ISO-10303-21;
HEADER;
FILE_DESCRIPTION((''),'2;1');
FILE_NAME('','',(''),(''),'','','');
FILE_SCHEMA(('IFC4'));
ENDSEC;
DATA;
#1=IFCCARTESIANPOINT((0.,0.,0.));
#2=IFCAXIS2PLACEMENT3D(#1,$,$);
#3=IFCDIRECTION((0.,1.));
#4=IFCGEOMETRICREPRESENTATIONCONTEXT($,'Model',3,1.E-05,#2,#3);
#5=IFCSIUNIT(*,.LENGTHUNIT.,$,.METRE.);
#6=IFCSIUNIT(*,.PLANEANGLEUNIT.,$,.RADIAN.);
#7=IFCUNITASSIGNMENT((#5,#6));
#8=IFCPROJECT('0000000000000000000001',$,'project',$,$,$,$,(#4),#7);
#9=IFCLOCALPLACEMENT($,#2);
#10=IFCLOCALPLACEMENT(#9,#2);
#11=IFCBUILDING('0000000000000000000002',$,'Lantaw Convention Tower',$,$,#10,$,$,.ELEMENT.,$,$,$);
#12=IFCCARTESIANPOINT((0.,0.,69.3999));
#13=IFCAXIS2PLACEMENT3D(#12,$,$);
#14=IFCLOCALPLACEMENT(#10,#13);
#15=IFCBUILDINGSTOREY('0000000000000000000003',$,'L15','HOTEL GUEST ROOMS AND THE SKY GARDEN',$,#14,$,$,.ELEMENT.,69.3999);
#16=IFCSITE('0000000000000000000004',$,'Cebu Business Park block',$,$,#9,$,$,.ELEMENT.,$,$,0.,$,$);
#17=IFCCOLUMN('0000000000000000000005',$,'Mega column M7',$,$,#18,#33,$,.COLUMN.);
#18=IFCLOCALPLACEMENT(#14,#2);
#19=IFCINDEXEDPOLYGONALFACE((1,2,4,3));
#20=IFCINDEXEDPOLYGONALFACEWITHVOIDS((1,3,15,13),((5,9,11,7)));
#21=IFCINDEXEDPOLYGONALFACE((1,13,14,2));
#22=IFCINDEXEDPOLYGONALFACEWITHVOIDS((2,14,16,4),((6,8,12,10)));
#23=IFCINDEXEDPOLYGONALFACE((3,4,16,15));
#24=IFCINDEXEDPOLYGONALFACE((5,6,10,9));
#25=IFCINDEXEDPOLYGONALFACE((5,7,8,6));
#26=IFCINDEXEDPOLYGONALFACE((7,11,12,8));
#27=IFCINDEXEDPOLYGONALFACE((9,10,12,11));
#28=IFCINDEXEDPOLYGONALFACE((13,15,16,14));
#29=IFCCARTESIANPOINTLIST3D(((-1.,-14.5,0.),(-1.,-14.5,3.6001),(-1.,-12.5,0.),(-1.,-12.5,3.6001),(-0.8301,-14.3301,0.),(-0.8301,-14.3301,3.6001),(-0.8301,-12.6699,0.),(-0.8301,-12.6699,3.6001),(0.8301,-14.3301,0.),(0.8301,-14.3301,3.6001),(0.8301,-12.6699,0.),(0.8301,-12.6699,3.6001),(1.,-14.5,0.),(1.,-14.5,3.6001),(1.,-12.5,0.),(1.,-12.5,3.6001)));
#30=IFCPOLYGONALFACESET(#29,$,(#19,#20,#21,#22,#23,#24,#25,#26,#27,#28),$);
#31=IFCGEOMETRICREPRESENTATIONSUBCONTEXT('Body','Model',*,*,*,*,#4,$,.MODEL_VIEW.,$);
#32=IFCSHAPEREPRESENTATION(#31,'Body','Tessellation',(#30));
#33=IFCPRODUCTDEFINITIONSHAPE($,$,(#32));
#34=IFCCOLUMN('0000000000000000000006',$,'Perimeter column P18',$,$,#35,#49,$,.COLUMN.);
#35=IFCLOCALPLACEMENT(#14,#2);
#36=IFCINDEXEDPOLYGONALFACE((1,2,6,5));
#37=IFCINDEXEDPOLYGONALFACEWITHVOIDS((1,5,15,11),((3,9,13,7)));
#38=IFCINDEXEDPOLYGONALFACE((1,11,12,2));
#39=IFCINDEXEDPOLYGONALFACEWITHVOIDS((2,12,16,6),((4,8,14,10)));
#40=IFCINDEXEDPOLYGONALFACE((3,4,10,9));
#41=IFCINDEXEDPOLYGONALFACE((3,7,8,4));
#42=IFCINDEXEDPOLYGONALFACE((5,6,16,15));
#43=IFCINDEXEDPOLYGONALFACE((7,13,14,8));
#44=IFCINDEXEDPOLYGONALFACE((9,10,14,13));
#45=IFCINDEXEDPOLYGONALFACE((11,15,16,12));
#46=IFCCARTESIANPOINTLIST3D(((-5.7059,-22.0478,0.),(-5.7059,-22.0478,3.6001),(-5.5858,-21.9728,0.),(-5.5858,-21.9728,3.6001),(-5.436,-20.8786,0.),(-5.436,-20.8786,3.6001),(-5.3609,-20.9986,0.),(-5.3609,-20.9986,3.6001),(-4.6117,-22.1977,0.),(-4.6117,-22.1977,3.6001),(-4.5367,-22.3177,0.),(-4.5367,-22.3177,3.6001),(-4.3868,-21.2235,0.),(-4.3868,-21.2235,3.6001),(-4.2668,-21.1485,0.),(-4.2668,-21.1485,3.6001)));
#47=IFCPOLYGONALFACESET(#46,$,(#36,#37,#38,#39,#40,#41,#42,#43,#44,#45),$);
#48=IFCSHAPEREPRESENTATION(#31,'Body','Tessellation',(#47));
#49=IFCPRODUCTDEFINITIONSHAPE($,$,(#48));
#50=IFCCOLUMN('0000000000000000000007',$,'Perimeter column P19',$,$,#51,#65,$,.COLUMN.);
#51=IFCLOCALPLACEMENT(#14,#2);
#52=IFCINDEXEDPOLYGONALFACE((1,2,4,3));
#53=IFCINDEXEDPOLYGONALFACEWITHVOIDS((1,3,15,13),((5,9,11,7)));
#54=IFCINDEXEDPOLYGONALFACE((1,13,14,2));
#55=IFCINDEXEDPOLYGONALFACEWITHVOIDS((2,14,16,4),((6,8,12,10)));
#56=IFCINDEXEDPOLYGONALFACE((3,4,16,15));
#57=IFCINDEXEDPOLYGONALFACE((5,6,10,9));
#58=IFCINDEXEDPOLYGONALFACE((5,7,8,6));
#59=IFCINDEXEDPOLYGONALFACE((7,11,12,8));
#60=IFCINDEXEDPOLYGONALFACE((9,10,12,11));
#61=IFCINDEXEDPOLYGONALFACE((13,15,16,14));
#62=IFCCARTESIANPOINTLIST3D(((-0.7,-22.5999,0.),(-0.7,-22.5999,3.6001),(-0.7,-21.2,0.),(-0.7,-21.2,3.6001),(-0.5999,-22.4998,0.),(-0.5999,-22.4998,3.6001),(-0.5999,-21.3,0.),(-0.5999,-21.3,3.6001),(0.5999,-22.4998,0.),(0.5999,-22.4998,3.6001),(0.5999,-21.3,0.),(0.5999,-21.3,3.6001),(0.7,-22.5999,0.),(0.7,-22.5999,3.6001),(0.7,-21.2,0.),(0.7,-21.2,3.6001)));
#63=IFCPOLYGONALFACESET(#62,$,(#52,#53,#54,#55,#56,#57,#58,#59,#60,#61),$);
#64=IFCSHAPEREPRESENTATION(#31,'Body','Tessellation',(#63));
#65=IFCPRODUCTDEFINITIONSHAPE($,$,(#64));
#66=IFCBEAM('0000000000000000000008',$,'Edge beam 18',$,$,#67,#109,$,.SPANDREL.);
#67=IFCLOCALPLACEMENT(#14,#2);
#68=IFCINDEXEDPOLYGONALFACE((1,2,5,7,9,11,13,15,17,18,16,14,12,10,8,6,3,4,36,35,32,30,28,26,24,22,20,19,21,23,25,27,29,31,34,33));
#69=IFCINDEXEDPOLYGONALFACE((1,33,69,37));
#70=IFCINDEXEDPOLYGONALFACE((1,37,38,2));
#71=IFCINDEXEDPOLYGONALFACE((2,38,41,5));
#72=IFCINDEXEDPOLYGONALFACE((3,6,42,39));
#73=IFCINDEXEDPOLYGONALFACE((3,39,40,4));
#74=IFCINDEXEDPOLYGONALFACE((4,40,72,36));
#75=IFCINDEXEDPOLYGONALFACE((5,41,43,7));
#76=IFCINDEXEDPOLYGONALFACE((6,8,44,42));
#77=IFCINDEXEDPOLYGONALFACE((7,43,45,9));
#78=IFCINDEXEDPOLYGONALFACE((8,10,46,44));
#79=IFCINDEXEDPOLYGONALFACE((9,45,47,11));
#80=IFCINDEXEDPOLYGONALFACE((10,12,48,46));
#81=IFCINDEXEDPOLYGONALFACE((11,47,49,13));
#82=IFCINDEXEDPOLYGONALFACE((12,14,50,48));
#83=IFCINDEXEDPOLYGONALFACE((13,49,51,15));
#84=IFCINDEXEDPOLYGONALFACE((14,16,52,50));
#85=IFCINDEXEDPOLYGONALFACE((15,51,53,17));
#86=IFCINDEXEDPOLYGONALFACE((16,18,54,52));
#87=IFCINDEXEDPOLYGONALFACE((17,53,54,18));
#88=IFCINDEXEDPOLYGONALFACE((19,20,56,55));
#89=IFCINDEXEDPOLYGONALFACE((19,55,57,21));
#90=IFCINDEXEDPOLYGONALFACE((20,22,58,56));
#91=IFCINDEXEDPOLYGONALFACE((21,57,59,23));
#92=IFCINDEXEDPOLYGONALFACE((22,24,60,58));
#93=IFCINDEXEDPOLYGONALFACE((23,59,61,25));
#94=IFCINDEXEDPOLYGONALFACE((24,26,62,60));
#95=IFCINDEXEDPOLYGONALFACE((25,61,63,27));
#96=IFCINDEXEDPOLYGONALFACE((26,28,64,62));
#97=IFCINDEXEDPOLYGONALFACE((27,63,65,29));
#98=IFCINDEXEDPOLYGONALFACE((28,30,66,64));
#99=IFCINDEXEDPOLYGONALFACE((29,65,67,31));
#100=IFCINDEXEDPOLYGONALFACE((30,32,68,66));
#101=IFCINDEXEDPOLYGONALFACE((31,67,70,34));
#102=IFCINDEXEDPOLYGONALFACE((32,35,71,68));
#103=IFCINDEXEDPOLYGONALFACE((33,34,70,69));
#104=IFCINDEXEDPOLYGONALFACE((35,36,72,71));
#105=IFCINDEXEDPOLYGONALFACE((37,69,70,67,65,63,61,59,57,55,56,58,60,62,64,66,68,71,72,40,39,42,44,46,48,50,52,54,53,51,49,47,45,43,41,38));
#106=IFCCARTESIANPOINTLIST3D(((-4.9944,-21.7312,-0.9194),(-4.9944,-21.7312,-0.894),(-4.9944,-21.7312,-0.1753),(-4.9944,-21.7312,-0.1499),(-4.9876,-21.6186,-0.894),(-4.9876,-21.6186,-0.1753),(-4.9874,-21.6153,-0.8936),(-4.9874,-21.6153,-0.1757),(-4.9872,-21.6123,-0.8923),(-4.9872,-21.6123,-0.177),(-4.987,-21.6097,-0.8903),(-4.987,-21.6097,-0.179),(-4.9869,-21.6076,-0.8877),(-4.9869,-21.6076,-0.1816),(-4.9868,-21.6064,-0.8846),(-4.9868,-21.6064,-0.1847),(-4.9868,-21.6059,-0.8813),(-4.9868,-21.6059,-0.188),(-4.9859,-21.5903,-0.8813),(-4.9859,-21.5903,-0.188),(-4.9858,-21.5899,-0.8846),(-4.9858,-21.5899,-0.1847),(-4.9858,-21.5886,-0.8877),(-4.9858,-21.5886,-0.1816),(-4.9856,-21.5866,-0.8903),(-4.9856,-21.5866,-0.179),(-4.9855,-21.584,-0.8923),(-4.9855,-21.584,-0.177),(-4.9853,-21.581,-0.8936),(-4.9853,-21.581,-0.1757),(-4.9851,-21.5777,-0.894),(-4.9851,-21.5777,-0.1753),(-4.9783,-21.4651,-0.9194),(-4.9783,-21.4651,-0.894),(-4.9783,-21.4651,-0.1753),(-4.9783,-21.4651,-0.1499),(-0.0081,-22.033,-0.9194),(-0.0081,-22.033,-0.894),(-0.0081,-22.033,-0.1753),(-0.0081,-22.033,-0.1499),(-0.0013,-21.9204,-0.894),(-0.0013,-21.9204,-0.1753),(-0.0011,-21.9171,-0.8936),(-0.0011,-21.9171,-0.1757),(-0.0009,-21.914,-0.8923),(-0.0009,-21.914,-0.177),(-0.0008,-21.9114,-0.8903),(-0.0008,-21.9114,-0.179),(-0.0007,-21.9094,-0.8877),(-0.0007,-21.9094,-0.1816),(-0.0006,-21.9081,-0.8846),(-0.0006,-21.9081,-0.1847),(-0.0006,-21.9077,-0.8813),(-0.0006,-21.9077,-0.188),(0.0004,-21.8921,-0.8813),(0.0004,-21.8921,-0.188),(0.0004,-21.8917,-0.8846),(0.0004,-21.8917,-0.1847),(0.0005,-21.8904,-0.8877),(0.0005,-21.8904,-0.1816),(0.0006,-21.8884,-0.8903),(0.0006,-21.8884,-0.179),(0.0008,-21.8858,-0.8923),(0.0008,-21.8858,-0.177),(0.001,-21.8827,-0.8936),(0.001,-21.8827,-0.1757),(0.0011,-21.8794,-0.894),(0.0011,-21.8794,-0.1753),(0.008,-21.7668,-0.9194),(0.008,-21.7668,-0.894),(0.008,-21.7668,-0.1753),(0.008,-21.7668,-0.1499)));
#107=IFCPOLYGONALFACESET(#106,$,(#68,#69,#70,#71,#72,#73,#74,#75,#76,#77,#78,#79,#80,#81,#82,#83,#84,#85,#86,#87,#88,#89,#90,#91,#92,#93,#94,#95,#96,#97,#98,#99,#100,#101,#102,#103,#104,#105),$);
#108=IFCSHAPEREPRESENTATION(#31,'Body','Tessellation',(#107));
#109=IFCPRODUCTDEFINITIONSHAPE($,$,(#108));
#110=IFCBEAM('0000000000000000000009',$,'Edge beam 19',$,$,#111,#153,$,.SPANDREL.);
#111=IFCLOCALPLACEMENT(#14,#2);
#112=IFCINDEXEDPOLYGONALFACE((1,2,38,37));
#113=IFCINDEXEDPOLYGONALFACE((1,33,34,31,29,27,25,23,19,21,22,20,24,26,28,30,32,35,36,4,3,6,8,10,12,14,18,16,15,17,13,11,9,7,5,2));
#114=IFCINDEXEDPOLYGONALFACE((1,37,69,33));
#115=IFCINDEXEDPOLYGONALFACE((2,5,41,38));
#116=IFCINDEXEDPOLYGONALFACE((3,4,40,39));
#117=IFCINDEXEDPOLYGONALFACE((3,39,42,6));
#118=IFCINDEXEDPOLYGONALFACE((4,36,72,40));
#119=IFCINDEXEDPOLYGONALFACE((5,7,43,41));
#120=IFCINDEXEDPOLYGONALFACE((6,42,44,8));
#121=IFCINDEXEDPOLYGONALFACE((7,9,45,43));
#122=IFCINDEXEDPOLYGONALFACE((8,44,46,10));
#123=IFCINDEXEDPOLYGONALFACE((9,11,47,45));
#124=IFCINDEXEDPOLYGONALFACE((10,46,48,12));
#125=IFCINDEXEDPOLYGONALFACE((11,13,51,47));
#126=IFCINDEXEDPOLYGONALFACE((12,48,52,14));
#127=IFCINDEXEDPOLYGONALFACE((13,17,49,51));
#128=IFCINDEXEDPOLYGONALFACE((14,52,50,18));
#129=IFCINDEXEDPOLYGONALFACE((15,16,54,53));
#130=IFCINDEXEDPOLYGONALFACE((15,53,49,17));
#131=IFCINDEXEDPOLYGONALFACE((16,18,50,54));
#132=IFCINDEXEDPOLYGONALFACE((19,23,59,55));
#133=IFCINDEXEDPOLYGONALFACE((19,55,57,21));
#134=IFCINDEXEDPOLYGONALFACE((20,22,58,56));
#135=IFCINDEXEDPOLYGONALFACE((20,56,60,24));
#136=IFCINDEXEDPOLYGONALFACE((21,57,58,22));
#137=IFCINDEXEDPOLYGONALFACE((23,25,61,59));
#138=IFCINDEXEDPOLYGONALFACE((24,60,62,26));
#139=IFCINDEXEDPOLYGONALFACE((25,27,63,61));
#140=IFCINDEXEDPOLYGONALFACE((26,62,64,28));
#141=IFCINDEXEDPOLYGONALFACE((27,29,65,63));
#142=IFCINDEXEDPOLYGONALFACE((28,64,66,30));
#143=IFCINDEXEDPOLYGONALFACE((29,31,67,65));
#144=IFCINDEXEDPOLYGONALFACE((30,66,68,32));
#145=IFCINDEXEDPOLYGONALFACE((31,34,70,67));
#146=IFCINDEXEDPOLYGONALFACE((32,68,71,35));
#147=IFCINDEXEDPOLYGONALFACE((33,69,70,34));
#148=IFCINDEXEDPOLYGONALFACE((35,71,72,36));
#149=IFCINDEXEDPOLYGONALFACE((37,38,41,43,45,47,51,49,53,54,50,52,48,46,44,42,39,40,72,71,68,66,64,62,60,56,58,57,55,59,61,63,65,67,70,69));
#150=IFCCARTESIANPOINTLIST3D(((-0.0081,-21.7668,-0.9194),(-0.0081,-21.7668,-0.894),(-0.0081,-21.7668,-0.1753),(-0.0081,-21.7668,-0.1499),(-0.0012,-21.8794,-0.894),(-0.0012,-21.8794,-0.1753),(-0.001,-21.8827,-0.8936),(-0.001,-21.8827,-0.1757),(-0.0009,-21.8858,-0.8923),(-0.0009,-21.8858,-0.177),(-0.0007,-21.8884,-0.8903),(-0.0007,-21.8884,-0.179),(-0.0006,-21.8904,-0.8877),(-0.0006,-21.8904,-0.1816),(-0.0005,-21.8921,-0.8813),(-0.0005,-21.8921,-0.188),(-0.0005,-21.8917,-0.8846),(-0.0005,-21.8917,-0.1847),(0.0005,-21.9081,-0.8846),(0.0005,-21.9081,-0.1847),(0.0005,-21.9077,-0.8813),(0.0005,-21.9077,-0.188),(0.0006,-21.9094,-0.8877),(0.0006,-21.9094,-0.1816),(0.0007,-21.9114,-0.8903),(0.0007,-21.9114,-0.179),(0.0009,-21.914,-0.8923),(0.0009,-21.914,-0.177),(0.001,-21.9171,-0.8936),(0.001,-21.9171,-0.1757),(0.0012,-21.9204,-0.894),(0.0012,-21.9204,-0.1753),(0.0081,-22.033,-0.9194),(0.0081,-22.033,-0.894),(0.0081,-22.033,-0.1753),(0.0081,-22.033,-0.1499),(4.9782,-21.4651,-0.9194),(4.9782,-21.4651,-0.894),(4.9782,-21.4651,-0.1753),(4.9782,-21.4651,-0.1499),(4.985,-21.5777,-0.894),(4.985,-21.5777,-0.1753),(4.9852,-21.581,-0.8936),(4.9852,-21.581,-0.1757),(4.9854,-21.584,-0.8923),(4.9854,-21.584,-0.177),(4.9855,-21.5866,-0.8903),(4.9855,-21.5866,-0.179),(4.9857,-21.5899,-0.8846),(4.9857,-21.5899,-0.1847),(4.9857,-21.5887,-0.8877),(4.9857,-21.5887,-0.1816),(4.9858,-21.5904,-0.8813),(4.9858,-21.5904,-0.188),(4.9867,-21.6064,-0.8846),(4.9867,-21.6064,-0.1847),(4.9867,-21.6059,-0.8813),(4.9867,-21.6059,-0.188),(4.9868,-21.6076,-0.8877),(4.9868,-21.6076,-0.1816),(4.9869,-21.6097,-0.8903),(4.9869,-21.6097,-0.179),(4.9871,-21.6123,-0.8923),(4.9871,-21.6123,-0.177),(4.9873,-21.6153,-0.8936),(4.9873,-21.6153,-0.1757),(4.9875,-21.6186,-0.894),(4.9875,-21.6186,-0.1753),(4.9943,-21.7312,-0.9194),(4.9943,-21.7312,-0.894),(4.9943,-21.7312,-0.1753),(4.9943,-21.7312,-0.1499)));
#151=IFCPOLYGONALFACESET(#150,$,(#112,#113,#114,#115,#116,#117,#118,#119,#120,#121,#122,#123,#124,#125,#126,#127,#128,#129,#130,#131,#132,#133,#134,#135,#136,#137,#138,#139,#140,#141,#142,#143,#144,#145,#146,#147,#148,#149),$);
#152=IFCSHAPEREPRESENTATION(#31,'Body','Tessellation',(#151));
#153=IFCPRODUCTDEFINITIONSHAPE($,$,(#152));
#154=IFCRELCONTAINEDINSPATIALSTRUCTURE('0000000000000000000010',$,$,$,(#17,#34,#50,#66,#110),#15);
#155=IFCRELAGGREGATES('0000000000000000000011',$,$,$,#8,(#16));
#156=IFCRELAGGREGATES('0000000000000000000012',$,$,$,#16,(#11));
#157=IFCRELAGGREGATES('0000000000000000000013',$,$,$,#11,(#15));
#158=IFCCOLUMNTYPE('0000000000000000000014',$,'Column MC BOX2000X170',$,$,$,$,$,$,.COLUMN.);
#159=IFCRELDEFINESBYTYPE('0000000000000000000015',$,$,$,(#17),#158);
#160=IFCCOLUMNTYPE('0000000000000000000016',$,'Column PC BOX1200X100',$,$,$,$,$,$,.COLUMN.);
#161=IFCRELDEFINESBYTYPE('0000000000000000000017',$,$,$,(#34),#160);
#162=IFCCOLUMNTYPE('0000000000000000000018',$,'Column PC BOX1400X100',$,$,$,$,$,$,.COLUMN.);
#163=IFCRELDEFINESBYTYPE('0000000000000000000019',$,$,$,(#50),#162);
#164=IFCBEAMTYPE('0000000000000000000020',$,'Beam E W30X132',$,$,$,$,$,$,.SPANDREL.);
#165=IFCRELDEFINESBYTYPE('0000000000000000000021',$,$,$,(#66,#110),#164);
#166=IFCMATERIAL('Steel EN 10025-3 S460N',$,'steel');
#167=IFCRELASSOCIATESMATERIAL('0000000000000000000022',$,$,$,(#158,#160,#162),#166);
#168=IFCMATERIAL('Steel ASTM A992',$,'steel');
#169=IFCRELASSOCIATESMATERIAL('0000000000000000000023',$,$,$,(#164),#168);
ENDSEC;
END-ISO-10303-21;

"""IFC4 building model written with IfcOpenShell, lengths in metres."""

from ifc_helpers import new_model, si_unit, direction, frame, origin, origin_2d, place, context, subcontext, project, spatial, rectangle, hollow_rectangle, i_section, extrude, material, material_profile, profile_set, type_object, element, save


model = new_model("IFC4")

# Units and contexts
model_context = context("Model", 3, precision=1e-05, world=origin(), true_north=direction((0.0, 1.0)))
body_context = subcontext(model_context, "Body", "Model", "MODEL_VIEW")
ifc_project = project(units=[si_unit("LENGTHUNIT", "METRE"), si_unit("PLANEANGLEUNIT", "RADIAN")], contexts=[model_context])

# Site, building, storey
site_placement = place(None, origin())
site = spatial("IfcSite", under=ifc_project, at=site_placement, Name="Cebu Business Park block", CompositionType="ELEMENT", RefElevation=0.0)
building_placement = place(site_placement, origin())
building = spatial("IfcBuilding", under=site, at=building_placement, Name="Lantaw Convention Tower", CompositionType="ELEMENT")
storey_placement = place(building_placement, frame((0.0, 0.0, 69.3999)))
storey = spatial("IfcBuildingStorey", under=building, at=storey_placement, Name="L15", Description="HOTEL GUEST ROOMS AND THE SKY GARDEN", CompositionType="ELEMENT", Elevation=69.3999)

# Columns
ifc_material_1 = material(Name="Steel EN 10025-3 S460N", Category="steel")
ifc_material_profile_1 = material_profile(ifc_material_1, hollow_rectangle(XDim=2.0, YDim=2.0, WallThickness=0.1699, at=origin_2d()), Name="BOX2000X170")
ifc_material_2 = material(Name="Concrete C60/75", Category="concrete")
ifc_material_profile_2 = material_profile(ifc_material_2, rectangle(XDim=1.6599, YDim=1.6599, at=origin_2d()), Name="Concrete fill of BOX2000X170")
ifc_profile_set_1 = profile_set([ifc_material_profile_1, ifc_material_profile_2], Name="Steel EN 10025-3 S460N")
column_type_1 = type_object("IfcColumnType", Name="Column MC BOX2000X170", PredefinedType="COLUMN", material=ifc_profile_set_1)
column_1_placement = place(storey_placement, frame((0.0, -13.5, 0.0), z_axis=(0.0, 0.0, 1.0), x_axis=(1.0, 0.0, 0.0)))
element("IfcColumn", 1, at=column_1_placement, inside=storey, type_object=column_type_1, Name="Mega column M7", PredefinedType="COLUMN", context=body_context, shape_type="SweptSolid", body=[
    extrude(hollow_rectangle(XDim=2.0, YDim=2.0, WallThickness=0.1699, at=origin_2d()), origin(), (0.0, 0.0, 1.0), 3.6001),
])
ifc_material_profile_3 = material_profile(ifc_material_1, hollow_rectangle(XDim=1.2, YDim=1.2, WallThickness=0.1001, at=origin_2d()), Name="BOX1200X100")
ifc_material_profile_4 = material_profile(ifc_material_2, rectangle(XDim=1.0, YDim=1.0, at=origin_2d()), Name="Concrete fill of BOX1200X100")
ifc_profile_set_2 = profile_set([ifc_material_profile_3, ifc_material_profile_4], Name="Steel EN 10025-3 S460N")
column_type_2 = type_object("IfcColumnType", Name="Column PC BOX1200X100", PredefinedType="COLUMN", material=ifc_profile_set_2)
column_2_placement = place(storey_placement, frame((-4.9863, -21.5981, 0.0), z_axis=(0.0, 0.0, 1.0), x_axis=(0.224951, 0.97437, 0.0)))
element("IfcColumn", 2, at=column_2_placement, inside=storey, type_object=column_type_2, Name="Perimeter column P18", PredefinedType="COLUMN", context=body_context, shape_type="SweptSolid", body=[
    extrude(hollow_rectangle(XDim=1.2, YDim=1.2, WallThickness=0.1001, at=origin_2d()), origin(), (0.0, 0.0, 1.0), 3.6001),
])
ifc_material_profile_5 = material_profile(ifc_material_1, hollow_rectangle(XDim=1.3999, YDim=1.3999, WallThickness=0.1001, at=origin_2d()), Name="BOX1400X100")
ifc_material_profile_6 = material_profile(ifc_material_2, rectangle(XDim=1.2, YDim=1.2, at=origin_2d()), Name="Concrete fill of BOX1400X100")
ifc_profile_set_3 = profile_set([ifc_material_profile_5, ifc_material_profile_6], Name="Steel EN 10025-3 S460N")
column_type_3 = type_object("IfcColumnType", Name="Column PC BOX1400X100", PredefinedType="COLUMN", material=ifc_profile_set_3)
column_3_placement = place(storey_placement, frame((0.0, -21.8999, 0.0), z_axis=(0.0, 0.0, 1.0), x_axis=(1.0, 0.0, 0.0)))
element("IfcColumn", 3, at=column_3_placement, inside=storey, type_object=column_type_3, Name="Perimeter column P19", PredefinedType="COLUMN", context=body_context, shape_type="SweptSolid", body=[
    extrude(hollow_rectangle(XDim=1.3999, YDim=1.3999, WallThickness=0.1001, at=origin_2d()), origin(), (0.0, 0.0, 1.0), 3.6001),
])

# Beams
ifc_material_3 = material(Name="Steel ASTM A992", Category="steel")
ifc_material_profile_7 = material_profile(ifc_material_3, i_section(OverallWidth=0.2666, OverallDepth=0.7695, WebThickness=0.0156, FlangeThickness=0.0254, FilletRadius=0.0127, at=origin_2d()), Name="W30X132")
ifc_profile_set_4 = profile_set([ifc_material_profile_7], Name="Steel ASTM A992")
beam_type_1 = type_object("IfcBeamType", Name="Beam E W30X132", PredefinedType="SPANDREL", material=ifc_profile_set_4)
for number, where, z_axis, x_axis, name in (
    (4, (-4.9863, -21.5981, -0.5347), (0.998174, -0.060407, 0.0), (0.060407, 0.998174, 0.0), "Edge beam 18"),
    (5, (0.0, -21.8999, -0.5347), (0.998174, 0.060407, 0.0), (-0.060407, 0.998174, 0.0), "Edge beam 19"),
):
    element("IfcBeam", number, at=place(storey_placement, frame(where, z_axis=z_axis, x_axis=x_axis)), inside=storey, type_object=beam_type_1, Name=name, PredefinedType="SPANDREL", context=body_context, shape_type="SweptSolid", body=[
        extrude(i_section(OverallWidth=0.2666, OverallDepth=0.7695, WebThickness=0.0156, FlangeThickness=0.0254, FilletRadius=0.0127, at=origin_2d()), origin(), (0.0, 0.0, 1.0), 4.9954),
    ])

save(model, "model.ifc")
